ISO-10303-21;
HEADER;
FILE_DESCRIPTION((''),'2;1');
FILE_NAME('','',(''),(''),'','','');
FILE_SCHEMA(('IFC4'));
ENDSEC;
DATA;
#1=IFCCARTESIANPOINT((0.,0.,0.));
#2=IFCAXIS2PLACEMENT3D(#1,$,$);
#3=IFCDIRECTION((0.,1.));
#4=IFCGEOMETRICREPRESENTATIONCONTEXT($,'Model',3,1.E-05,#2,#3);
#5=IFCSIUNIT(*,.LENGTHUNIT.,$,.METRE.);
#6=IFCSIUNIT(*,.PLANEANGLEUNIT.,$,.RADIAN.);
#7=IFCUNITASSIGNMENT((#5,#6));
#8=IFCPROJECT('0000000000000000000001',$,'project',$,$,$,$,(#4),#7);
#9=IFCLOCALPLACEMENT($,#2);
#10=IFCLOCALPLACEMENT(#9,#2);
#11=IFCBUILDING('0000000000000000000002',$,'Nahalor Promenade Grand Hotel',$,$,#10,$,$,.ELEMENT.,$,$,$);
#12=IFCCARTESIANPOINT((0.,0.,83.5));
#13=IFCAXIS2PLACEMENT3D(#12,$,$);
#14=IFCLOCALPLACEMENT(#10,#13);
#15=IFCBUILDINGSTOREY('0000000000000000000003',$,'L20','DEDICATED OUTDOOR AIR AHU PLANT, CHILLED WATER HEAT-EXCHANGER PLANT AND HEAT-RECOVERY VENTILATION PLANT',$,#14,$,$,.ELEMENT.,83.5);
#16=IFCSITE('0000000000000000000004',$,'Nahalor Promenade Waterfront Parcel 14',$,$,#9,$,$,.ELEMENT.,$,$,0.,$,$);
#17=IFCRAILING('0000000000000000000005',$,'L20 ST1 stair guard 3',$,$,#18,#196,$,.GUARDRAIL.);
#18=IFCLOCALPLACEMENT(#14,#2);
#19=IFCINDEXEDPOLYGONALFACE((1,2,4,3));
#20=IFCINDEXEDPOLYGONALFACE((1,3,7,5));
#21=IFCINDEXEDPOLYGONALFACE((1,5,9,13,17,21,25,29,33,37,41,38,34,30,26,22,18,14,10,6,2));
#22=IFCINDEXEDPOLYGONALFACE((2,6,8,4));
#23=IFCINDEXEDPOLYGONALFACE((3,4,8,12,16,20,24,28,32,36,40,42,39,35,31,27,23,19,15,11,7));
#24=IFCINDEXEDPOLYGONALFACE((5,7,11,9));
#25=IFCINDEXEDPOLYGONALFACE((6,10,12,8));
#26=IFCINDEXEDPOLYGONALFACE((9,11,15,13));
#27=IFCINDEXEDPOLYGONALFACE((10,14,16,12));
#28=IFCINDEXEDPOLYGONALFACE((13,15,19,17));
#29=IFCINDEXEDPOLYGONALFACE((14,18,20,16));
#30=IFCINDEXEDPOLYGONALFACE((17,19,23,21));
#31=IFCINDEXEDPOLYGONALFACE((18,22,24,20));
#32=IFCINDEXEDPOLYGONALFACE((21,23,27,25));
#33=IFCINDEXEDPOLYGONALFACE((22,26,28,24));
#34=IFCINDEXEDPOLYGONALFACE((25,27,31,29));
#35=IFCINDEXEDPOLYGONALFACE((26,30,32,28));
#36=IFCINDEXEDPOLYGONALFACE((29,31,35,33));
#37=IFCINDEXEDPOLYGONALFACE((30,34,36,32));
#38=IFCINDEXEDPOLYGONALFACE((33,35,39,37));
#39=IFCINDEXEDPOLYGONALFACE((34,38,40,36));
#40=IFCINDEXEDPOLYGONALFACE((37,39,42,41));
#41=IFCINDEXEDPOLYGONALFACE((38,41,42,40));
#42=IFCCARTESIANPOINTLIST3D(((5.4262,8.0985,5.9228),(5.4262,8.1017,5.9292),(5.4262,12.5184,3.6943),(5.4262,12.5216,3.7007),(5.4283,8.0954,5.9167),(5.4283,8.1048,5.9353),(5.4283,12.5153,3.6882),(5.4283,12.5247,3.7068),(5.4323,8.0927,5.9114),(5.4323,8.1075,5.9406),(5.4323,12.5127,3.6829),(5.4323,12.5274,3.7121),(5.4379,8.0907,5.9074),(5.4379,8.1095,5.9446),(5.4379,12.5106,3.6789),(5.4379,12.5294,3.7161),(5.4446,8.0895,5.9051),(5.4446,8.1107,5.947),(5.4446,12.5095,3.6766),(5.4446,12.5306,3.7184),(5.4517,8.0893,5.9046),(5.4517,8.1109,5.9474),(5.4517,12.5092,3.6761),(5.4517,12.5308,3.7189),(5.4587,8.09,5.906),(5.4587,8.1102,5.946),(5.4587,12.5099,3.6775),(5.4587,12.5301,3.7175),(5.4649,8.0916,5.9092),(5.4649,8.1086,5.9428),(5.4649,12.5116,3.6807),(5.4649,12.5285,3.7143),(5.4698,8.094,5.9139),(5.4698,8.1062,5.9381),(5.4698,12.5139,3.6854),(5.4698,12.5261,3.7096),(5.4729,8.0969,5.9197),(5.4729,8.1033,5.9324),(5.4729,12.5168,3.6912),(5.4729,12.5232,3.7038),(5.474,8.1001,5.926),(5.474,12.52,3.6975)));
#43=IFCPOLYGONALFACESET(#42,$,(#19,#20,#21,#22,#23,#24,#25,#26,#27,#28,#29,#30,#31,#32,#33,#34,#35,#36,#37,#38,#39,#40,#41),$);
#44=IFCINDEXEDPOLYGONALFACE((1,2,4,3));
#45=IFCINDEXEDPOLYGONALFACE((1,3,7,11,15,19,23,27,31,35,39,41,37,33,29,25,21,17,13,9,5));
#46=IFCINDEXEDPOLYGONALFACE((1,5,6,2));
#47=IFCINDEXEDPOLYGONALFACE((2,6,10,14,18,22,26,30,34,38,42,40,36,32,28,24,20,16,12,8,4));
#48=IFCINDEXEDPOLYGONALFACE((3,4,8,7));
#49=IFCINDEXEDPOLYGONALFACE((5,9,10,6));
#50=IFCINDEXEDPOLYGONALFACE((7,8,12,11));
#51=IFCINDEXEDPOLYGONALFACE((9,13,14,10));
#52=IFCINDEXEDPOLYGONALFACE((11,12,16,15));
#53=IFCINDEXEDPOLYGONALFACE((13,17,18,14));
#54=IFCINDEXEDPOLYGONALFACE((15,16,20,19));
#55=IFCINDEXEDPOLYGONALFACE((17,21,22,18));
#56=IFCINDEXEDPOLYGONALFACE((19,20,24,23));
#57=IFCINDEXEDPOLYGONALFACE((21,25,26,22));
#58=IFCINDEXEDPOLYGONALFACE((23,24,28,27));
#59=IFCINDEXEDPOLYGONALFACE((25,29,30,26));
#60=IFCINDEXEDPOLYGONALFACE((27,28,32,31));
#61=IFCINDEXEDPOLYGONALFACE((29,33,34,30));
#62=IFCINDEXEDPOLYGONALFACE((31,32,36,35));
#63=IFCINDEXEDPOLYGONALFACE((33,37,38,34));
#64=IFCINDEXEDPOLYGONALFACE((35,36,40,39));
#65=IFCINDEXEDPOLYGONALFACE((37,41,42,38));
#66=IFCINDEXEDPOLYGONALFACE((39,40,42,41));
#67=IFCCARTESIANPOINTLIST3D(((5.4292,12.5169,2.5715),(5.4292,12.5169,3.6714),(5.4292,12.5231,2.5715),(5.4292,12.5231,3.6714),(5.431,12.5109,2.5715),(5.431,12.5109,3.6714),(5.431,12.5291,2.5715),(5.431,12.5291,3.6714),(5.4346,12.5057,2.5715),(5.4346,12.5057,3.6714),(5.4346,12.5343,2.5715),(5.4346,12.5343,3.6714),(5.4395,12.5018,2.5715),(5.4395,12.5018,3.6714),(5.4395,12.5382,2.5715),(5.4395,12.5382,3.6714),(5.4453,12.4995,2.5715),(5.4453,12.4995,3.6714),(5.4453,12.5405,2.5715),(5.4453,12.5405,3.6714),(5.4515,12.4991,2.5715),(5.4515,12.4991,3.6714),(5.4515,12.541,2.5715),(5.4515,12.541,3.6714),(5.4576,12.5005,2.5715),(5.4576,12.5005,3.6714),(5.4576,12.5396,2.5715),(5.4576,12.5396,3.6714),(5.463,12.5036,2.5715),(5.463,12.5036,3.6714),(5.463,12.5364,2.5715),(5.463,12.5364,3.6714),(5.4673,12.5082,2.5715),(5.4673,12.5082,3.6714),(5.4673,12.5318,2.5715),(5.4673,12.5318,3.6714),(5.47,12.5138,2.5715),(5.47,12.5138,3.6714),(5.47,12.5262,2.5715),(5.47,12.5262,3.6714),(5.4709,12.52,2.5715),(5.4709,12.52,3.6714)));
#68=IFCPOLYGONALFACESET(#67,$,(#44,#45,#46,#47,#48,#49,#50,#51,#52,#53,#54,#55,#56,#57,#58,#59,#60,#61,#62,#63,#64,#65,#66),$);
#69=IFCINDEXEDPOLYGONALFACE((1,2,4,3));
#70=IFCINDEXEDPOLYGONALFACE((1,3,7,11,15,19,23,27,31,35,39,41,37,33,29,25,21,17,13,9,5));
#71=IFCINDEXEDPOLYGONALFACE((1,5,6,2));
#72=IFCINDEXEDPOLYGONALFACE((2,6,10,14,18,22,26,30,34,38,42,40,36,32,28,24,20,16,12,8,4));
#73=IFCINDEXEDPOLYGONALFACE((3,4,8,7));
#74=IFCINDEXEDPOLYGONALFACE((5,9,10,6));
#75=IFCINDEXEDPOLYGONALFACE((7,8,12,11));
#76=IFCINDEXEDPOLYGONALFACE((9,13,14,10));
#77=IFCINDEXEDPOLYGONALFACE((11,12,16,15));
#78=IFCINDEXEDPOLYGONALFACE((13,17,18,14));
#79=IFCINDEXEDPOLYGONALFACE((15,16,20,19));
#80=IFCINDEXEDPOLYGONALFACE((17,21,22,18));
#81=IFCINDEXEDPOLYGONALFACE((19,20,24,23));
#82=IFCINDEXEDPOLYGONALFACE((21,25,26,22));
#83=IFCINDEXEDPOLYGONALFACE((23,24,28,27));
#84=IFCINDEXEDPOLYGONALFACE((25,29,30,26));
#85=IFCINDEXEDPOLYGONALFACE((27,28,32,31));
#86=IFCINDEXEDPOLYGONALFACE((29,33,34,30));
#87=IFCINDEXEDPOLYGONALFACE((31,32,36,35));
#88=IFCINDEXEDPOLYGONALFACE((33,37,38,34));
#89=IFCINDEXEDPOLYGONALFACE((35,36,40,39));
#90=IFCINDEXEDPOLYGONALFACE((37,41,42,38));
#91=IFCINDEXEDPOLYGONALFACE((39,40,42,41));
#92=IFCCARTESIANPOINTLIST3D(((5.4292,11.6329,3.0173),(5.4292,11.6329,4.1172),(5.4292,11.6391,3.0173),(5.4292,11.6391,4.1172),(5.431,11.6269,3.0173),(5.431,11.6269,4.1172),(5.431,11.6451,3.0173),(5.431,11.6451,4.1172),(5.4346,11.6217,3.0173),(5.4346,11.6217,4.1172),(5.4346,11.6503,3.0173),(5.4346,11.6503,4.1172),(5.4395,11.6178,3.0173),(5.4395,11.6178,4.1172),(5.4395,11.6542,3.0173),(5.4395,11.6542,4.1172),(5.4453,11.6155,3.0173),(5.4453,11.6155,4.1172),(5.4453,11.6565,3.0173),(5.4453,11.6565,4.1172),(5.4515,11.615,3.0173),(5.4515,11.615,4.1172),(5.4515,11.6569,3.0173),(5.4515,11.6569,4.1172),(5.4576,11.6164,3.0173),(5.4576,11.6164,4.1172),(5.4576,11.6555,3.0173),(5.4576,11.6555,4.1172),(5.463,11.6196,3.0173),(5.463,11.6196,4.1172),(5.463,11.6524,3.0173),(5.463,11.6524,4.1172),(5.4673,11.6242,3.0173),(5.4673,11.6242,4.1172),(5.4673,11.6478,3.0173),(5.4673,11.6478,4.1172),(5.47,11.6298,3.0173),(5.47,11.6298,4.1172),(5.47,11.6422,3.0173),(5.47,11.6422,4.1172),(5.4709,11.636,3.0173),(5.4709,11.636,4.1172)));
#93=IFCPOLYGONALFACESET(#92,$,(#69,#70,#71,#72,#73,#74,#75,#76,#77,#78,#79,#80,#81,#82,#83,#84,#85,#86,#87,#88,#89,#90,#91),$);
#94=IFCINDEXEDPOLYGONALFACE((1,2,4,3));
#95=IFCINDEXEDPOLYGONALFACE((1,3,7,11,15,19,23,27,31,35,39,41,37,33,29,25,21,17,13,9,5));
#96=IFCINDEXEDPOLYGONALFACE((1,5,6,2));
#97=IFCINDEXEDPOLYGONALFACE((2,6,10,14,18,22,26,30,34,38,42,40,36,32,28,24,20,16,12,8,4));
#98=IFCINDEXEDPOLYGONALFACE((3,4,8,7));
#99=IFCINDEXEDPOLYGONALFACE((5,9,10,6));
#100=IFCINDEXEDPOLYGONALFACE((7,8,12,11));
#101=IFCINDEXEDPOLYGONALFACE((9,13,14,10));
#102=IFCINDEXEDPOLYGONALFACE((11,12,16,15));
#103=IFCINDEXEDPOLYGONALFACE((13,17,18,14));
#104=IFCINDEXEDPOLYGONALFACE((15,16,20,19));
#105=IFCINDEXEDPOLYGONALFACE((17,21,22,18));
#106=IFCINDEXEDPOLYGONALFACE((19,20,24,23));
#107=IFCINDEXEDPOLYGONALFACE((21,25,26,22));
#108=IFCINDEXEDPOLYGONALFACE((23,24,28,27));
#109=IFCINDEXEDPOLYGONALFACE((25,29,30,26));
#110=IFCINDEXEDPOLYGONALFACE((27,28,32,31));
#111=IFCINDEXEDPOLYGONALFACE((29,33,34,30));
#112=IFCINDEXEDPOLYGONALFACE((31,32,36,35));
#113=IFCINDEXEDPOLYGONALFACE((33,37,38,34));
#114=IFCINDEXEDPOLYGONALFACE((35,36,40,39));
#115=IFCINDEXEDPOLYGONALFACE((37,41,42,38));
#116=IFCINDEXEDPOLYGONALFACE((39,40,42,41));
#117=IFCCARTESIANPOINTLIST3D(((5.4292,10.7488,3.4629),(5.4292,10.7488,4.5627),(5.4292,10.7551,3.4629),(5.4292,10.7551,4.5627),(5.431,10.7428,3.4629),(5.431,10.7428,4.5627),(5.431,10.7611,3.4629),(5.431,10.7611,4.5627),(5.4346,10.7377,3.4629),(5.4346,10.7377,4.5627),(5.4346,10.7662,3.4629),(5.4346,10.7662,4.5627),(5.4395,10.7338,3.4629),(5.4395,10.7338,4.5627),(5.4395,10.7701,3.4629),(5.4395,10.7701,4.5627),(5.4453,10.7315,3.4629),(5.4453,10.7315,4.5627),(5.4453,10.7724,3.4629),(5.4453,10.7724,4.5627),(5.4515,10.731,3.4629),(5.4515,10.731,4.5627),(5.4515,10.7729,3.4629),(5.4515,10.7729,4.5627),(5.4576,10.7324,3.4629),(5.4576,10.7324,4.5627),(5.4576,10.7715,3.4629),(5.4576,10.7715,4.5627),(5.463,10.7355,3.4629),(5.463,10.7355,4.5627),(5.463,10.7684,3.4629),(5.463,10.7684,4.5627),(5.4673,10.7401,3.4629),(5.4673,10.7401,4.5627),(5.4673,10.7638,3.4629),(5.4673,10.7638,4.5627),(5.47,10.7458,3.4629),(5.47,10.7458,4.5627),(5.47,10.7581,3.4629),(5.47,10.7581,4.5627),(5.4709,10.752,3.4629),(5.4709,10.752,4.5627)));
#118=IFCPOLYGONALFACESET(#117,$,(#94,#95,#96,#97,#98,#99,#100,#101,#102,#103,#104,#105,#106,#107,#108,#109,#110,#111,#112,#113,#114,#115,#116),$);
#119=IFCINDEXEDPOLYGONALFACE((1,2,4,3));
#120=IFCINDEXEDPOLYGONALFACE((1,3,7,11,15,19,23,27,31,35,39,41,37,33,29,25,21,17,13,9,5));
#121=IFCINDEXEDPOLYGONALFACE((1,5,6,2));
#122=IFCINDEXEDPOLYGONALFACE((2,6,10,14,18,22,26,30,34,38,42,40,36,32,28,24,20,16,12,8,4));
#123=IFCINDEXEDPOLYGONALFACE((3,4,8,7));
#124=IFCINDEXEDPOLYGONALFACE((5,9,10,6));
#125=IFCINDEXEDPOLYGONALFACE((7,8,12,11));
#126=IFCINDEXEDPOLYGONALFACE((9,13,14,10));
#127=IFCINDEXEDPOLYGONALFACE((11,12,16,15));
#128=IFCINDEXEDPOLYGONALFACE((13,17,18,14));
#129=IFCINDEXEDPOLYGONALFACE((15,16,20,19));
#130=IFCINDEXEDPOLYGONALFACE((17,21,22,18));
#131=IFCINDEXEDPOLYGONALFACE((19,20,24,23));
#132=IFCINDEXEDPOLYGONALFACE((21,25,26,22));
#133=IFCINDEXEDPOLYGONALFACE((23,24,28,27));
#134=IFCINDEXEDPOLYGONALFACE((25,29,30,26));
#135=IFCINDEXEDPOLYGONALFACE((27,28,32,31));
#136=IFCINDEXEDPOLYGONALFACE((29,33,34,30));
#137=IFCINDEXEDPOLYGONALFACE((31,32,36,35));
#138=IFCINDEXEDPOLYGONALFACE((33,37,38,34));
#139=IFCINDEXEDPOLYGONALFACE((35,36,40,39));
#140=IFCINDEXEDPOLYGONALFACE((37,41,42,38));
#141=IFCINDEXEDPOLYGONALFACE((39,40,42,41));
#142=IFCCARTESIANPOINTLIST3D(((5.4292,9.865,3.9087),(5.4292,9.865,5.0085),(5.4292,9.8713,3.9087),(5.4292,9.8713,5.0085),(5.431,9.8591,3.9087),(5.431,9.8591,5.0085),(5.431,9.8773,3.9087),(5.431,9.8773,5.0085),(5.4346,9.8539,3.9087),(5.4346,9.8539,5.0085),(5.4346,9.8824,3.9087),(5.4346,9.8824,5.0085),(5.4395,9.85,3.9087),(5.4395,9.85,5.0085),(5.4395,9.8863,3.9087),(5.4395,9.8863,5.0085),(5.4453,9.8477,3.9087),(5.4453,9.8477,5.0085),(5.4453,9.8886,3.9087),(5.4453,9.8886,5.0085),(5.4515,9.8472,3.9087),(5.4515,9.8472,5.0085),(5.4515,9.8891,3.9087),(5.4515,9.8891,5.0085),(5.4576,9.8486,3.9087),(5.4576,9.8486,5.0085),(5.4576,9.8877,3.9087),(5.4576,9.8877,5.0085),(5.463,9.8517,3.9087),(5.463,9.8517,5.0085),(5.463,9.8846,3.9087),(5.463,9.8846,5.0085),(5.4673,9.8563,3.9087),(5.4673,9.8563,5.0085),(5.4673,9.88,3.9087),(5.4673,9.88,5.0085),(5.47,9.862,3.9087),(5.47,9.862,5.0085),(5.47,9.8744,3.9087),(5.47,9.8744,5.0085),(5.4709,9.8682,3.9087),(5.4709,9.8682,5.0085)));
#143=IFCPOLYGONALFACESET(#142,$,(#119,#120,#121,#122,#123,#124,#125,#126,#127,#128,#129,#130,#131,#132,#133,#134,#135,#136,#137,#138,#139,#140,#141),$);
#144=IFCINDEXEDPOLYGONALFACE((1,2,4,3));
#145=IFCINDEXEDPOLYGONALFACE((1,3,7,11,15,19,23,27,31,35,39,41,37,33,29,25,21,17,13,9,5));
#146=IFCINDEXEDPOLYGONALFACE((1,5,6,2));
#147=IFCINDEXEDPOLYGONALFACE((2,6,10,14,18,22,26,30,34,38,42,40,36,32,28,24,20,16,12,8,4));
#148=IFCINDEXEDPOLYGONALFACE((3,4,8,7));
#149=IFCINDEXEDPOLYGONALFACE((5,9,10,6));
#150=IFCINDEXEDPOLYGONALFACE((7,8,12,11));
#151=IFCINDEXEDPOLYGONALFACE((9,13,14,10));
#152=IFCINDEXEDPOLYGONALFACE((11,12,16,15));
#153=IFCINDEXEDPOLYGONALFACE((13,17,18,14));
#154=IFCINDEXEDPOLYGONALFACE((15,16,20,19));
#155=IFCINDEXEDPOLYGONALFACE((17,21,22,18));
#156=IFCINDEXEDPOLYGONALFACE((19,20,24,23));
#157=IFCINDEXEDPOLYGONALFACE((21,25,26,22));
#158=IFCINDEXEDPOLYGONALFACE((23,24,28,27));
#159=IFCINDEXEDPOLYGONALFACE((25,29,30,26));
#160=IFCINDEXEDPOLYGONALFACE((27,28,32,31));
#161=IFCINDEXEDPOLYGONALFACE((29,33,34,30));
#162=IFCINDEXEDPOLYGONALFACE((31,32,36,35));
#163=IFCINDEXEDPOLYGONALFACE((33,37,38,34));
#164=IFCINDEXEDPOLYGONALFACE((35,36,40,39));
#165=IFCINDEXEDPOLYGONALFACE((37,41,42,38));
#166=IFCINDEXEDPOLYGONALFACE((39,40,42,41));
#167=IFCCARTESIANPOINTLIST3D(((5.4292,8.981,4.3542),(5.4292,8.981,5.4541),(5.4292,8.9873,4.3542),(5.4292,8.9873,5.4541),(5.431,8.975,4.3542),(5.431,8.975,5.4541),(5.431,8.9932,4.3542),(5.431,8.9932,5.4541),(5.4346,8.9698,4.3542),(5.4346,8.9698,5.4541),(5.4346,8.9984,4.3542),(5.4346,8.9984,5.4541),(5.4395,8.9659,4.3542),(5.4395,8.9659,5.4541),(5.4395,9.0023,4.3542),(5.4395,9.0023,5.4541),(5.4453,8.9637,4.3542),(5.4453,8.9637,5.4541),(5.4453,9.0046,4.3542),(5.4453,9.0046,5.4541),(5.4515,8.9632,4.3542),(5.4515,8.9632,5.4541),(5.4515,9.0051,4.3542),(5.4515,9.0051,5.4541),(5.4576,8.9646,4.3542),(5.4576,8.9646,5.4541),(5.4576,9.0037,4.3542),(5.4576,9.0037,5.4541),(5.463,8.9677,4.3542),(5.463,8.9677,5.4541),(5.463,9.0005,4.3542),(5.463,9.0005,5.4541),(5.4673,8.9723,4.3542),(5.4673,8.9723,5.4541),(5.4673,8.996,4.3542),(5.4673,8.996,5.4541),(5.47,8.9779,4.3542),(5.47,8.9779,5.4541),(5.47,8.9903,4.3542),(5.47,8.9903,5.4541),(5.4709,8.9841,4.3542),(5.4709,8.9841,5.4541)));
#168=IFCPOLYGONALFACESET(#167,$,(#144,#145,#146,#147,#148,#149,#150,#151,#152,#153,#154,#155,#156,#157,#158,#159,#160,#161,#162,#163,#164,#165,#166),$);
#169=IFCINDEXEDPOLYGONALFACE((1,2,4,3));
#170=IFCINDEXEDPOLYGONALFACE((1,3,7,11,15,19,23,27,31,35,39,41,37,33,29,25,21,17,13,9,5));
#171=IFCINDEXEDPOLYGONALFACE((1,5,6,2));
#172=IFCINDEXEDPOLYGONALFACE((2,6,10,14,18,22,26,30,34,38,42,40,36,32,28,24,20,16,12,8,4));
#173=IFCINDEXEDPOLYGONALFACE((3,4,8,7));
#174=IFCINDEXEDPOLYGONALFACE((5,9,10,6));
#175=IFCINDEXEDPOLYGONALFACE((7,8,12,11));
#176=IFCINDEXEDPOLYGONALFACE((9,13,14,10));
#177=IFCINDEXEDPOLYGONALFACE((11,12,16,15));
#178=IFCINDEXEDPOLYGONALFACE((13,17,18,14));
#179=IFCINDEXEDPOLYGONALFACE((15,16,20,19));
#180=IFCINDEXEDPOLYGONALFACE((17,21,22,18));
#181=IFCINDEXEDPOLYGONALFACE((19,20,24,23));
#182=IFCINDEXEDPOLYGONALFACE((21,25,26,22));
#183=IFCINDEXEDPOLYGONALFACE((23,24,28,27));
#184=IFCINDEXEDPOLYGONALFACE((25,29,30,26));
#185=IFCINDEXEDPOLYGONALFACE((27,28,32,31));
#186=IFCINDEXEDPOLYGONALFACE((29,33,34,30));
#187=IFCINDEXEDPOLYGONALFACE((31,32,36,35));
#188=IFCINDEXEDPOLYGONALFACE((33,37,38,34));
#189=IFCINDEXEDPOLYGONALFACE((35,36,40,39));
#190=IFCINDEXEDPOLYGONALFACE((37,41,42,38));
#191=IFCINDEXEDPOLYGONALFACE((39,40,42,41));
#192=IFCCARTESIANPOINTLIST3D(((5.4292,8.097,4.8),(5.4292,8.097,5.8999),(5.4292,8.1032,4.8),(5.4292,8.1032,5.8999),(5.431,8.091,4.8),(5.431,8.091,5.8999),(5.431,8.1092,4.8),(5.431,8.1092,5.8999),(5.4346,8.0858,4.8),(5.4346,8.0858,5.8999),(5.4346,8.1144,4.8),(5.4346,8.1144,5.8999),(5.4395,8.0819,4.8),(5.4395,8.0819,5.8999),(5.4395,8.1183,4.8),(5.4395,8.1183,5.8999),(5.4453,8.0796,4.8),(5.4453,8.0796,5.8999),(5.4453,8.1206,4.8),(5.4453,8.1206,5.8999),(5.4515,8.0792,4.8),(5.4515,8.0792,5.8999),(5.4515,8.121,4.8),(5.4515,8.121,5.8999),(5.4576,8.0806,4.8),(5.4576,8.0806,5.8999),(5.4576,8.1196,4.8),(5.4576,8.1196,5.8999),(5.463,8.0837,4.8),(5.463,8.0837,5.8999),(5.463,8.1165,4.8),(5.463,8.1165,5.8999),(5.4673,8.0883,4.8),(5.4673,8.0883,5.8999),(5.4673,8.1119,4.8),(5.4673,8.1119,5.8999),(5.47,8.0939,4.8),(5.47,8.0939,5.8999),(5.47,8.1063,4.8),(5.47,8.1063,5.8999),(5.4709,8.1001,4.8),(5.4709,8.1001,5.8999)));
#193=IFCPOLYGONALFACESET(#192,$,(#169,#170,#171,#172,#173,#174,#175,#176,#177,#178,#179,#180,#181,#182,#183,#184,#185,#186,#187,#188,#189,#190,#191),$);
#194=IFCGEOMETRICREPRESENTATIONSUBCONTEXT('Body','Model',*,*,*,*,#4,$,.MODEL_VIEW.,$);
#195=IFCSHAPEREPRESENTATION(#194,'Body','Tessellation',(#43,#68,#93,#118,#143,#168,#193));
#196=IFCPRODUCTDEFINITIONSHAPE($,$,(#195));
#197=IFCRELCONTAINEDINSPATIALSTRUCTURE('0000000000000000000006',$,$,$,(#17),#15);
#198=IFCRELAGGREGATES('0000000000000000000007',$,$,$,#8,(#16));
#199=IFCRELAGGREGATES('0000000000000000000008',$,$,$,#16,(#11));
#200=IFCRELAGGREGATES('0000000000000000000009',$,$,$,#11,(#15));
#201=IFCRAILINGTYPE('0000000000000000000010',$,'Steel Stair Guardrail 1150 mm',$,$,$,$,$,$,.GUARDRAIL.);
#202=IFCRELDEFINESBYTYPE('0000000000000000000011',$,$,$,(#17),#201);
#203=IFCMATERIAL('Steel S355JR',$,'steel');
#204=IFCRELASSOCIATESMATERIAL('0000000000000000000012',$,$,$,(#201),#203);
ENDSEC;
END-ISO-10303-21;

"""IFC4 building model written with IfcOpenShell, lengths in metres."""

from ifc_helpers import new_model, si_unit, direction, frame, origin, origin_2d, place, context, subcontext, project, spatial, circle, extrude, material, type_object, element, save


model = new_model("IFC4")

# Units and contexts
model_context = context("Model", 3, precision=1e-05, world=origin(), true_north=direction((0.0, 1.0)))
body_context = subcontext(model_context, "Body", "Model", "MODEL_VIEW")
ifc_project = project(units=[si_unit("LENGTHUNIT", "METRE"), si_unit("PLANEANGLEUNIT", "RADIAN")], contexts=[model_context])

# Site, building, storey
site_placement = place(None, origin())
site = spatial("IfcSite", under=ifc_project, at=site_placement, Name="Nahalor Promenade Waterfront Parcel 14", CompositionType="ELEMENT", RefElevation=0.0)
building_placement = place(site_placement, origin())
building = spatial("IfcBuilding", under=site, at=building_placement, Name="Nahalor Promenade Grand Hotel", CompositionType="ELEMENT")
storey_placement = place(building_placement, frame((0.0, 0.0, 83.5)))
storey = spatial("IfcBuildingStorey", under=building, at=storey_placement, Name="L20", Description="DEDICATED OUTDOOR AIR AHU PLANT, CHILLED WATER HEAT-EXCHANGER PLANT AND HEAT-RECOVERY VENTILATION PLANT", CompositionType="ELEMENT", Elevation=83.5)

# Shared definitions
ifc_material_1 = material(Name="Steel S355JR", Category="steel")

# Railing
railing_type = type_object("IfcRailingType", Name="Steel Stair Guardrail 1150 mm", PredefinedType="GUARDRAIL", material=ifc_material_1)
railing_1_placement = place(storey_placement, frame((5.45, 12.52, 2.5715)))
element("IfcRailing", 1, at=railing_1_placement, inside=storey, type_object=railing_type, Name="L20 ST1 stair guard 3", PredefinedType="GUARDRAIL", context=body_context, shape_type="SweptSolid", body=[
    extrude(circle(Radius=0.024, at=origin_2d()), frame((0.0, 0.0, 1.126), z_axis=(0.0, -0.892923, 0.45021), x_axis=(1.0, 0.0, 0.0)), (0.0, 0.0, 1.0), 4.95),
    extrude(circle(Radius=0.021, at=origin_2d()), origin(), (0.0, 0.0, 1.0), 1.0999),
    extrude(circle(Radius=0.021, at=origin_2d()), frame((0.0, -0.884, 0.4458)), (0.0, 0.0, 1.0), 1.0999),
    extrude(circle(Radius=0.021, at=origin_2d()), frame((0.0, -1.7681, 0.8914)), (0.0, 0.0, 1.0), 1.0999),
    extrude(circle(Radius=0.021, at=origin_2d()), frame((0.0, -2.6519, 1.3372)), (0.0, 0.0, 1.0), 1.0999),
    extrude(circle(Radius=0.021, at=origin_2d()), frame((0.0, -3.5359, 1.7827)), (0.0, 0.0, 1.0), 1.0999),
    extrude(circle(Radius=0.021, at=origin_2d()), frame((0.0, -4.4199, 2.2285)), (0.0, 0.0, 1.0), 1.0999),
])

save(model, "model.ifc")
